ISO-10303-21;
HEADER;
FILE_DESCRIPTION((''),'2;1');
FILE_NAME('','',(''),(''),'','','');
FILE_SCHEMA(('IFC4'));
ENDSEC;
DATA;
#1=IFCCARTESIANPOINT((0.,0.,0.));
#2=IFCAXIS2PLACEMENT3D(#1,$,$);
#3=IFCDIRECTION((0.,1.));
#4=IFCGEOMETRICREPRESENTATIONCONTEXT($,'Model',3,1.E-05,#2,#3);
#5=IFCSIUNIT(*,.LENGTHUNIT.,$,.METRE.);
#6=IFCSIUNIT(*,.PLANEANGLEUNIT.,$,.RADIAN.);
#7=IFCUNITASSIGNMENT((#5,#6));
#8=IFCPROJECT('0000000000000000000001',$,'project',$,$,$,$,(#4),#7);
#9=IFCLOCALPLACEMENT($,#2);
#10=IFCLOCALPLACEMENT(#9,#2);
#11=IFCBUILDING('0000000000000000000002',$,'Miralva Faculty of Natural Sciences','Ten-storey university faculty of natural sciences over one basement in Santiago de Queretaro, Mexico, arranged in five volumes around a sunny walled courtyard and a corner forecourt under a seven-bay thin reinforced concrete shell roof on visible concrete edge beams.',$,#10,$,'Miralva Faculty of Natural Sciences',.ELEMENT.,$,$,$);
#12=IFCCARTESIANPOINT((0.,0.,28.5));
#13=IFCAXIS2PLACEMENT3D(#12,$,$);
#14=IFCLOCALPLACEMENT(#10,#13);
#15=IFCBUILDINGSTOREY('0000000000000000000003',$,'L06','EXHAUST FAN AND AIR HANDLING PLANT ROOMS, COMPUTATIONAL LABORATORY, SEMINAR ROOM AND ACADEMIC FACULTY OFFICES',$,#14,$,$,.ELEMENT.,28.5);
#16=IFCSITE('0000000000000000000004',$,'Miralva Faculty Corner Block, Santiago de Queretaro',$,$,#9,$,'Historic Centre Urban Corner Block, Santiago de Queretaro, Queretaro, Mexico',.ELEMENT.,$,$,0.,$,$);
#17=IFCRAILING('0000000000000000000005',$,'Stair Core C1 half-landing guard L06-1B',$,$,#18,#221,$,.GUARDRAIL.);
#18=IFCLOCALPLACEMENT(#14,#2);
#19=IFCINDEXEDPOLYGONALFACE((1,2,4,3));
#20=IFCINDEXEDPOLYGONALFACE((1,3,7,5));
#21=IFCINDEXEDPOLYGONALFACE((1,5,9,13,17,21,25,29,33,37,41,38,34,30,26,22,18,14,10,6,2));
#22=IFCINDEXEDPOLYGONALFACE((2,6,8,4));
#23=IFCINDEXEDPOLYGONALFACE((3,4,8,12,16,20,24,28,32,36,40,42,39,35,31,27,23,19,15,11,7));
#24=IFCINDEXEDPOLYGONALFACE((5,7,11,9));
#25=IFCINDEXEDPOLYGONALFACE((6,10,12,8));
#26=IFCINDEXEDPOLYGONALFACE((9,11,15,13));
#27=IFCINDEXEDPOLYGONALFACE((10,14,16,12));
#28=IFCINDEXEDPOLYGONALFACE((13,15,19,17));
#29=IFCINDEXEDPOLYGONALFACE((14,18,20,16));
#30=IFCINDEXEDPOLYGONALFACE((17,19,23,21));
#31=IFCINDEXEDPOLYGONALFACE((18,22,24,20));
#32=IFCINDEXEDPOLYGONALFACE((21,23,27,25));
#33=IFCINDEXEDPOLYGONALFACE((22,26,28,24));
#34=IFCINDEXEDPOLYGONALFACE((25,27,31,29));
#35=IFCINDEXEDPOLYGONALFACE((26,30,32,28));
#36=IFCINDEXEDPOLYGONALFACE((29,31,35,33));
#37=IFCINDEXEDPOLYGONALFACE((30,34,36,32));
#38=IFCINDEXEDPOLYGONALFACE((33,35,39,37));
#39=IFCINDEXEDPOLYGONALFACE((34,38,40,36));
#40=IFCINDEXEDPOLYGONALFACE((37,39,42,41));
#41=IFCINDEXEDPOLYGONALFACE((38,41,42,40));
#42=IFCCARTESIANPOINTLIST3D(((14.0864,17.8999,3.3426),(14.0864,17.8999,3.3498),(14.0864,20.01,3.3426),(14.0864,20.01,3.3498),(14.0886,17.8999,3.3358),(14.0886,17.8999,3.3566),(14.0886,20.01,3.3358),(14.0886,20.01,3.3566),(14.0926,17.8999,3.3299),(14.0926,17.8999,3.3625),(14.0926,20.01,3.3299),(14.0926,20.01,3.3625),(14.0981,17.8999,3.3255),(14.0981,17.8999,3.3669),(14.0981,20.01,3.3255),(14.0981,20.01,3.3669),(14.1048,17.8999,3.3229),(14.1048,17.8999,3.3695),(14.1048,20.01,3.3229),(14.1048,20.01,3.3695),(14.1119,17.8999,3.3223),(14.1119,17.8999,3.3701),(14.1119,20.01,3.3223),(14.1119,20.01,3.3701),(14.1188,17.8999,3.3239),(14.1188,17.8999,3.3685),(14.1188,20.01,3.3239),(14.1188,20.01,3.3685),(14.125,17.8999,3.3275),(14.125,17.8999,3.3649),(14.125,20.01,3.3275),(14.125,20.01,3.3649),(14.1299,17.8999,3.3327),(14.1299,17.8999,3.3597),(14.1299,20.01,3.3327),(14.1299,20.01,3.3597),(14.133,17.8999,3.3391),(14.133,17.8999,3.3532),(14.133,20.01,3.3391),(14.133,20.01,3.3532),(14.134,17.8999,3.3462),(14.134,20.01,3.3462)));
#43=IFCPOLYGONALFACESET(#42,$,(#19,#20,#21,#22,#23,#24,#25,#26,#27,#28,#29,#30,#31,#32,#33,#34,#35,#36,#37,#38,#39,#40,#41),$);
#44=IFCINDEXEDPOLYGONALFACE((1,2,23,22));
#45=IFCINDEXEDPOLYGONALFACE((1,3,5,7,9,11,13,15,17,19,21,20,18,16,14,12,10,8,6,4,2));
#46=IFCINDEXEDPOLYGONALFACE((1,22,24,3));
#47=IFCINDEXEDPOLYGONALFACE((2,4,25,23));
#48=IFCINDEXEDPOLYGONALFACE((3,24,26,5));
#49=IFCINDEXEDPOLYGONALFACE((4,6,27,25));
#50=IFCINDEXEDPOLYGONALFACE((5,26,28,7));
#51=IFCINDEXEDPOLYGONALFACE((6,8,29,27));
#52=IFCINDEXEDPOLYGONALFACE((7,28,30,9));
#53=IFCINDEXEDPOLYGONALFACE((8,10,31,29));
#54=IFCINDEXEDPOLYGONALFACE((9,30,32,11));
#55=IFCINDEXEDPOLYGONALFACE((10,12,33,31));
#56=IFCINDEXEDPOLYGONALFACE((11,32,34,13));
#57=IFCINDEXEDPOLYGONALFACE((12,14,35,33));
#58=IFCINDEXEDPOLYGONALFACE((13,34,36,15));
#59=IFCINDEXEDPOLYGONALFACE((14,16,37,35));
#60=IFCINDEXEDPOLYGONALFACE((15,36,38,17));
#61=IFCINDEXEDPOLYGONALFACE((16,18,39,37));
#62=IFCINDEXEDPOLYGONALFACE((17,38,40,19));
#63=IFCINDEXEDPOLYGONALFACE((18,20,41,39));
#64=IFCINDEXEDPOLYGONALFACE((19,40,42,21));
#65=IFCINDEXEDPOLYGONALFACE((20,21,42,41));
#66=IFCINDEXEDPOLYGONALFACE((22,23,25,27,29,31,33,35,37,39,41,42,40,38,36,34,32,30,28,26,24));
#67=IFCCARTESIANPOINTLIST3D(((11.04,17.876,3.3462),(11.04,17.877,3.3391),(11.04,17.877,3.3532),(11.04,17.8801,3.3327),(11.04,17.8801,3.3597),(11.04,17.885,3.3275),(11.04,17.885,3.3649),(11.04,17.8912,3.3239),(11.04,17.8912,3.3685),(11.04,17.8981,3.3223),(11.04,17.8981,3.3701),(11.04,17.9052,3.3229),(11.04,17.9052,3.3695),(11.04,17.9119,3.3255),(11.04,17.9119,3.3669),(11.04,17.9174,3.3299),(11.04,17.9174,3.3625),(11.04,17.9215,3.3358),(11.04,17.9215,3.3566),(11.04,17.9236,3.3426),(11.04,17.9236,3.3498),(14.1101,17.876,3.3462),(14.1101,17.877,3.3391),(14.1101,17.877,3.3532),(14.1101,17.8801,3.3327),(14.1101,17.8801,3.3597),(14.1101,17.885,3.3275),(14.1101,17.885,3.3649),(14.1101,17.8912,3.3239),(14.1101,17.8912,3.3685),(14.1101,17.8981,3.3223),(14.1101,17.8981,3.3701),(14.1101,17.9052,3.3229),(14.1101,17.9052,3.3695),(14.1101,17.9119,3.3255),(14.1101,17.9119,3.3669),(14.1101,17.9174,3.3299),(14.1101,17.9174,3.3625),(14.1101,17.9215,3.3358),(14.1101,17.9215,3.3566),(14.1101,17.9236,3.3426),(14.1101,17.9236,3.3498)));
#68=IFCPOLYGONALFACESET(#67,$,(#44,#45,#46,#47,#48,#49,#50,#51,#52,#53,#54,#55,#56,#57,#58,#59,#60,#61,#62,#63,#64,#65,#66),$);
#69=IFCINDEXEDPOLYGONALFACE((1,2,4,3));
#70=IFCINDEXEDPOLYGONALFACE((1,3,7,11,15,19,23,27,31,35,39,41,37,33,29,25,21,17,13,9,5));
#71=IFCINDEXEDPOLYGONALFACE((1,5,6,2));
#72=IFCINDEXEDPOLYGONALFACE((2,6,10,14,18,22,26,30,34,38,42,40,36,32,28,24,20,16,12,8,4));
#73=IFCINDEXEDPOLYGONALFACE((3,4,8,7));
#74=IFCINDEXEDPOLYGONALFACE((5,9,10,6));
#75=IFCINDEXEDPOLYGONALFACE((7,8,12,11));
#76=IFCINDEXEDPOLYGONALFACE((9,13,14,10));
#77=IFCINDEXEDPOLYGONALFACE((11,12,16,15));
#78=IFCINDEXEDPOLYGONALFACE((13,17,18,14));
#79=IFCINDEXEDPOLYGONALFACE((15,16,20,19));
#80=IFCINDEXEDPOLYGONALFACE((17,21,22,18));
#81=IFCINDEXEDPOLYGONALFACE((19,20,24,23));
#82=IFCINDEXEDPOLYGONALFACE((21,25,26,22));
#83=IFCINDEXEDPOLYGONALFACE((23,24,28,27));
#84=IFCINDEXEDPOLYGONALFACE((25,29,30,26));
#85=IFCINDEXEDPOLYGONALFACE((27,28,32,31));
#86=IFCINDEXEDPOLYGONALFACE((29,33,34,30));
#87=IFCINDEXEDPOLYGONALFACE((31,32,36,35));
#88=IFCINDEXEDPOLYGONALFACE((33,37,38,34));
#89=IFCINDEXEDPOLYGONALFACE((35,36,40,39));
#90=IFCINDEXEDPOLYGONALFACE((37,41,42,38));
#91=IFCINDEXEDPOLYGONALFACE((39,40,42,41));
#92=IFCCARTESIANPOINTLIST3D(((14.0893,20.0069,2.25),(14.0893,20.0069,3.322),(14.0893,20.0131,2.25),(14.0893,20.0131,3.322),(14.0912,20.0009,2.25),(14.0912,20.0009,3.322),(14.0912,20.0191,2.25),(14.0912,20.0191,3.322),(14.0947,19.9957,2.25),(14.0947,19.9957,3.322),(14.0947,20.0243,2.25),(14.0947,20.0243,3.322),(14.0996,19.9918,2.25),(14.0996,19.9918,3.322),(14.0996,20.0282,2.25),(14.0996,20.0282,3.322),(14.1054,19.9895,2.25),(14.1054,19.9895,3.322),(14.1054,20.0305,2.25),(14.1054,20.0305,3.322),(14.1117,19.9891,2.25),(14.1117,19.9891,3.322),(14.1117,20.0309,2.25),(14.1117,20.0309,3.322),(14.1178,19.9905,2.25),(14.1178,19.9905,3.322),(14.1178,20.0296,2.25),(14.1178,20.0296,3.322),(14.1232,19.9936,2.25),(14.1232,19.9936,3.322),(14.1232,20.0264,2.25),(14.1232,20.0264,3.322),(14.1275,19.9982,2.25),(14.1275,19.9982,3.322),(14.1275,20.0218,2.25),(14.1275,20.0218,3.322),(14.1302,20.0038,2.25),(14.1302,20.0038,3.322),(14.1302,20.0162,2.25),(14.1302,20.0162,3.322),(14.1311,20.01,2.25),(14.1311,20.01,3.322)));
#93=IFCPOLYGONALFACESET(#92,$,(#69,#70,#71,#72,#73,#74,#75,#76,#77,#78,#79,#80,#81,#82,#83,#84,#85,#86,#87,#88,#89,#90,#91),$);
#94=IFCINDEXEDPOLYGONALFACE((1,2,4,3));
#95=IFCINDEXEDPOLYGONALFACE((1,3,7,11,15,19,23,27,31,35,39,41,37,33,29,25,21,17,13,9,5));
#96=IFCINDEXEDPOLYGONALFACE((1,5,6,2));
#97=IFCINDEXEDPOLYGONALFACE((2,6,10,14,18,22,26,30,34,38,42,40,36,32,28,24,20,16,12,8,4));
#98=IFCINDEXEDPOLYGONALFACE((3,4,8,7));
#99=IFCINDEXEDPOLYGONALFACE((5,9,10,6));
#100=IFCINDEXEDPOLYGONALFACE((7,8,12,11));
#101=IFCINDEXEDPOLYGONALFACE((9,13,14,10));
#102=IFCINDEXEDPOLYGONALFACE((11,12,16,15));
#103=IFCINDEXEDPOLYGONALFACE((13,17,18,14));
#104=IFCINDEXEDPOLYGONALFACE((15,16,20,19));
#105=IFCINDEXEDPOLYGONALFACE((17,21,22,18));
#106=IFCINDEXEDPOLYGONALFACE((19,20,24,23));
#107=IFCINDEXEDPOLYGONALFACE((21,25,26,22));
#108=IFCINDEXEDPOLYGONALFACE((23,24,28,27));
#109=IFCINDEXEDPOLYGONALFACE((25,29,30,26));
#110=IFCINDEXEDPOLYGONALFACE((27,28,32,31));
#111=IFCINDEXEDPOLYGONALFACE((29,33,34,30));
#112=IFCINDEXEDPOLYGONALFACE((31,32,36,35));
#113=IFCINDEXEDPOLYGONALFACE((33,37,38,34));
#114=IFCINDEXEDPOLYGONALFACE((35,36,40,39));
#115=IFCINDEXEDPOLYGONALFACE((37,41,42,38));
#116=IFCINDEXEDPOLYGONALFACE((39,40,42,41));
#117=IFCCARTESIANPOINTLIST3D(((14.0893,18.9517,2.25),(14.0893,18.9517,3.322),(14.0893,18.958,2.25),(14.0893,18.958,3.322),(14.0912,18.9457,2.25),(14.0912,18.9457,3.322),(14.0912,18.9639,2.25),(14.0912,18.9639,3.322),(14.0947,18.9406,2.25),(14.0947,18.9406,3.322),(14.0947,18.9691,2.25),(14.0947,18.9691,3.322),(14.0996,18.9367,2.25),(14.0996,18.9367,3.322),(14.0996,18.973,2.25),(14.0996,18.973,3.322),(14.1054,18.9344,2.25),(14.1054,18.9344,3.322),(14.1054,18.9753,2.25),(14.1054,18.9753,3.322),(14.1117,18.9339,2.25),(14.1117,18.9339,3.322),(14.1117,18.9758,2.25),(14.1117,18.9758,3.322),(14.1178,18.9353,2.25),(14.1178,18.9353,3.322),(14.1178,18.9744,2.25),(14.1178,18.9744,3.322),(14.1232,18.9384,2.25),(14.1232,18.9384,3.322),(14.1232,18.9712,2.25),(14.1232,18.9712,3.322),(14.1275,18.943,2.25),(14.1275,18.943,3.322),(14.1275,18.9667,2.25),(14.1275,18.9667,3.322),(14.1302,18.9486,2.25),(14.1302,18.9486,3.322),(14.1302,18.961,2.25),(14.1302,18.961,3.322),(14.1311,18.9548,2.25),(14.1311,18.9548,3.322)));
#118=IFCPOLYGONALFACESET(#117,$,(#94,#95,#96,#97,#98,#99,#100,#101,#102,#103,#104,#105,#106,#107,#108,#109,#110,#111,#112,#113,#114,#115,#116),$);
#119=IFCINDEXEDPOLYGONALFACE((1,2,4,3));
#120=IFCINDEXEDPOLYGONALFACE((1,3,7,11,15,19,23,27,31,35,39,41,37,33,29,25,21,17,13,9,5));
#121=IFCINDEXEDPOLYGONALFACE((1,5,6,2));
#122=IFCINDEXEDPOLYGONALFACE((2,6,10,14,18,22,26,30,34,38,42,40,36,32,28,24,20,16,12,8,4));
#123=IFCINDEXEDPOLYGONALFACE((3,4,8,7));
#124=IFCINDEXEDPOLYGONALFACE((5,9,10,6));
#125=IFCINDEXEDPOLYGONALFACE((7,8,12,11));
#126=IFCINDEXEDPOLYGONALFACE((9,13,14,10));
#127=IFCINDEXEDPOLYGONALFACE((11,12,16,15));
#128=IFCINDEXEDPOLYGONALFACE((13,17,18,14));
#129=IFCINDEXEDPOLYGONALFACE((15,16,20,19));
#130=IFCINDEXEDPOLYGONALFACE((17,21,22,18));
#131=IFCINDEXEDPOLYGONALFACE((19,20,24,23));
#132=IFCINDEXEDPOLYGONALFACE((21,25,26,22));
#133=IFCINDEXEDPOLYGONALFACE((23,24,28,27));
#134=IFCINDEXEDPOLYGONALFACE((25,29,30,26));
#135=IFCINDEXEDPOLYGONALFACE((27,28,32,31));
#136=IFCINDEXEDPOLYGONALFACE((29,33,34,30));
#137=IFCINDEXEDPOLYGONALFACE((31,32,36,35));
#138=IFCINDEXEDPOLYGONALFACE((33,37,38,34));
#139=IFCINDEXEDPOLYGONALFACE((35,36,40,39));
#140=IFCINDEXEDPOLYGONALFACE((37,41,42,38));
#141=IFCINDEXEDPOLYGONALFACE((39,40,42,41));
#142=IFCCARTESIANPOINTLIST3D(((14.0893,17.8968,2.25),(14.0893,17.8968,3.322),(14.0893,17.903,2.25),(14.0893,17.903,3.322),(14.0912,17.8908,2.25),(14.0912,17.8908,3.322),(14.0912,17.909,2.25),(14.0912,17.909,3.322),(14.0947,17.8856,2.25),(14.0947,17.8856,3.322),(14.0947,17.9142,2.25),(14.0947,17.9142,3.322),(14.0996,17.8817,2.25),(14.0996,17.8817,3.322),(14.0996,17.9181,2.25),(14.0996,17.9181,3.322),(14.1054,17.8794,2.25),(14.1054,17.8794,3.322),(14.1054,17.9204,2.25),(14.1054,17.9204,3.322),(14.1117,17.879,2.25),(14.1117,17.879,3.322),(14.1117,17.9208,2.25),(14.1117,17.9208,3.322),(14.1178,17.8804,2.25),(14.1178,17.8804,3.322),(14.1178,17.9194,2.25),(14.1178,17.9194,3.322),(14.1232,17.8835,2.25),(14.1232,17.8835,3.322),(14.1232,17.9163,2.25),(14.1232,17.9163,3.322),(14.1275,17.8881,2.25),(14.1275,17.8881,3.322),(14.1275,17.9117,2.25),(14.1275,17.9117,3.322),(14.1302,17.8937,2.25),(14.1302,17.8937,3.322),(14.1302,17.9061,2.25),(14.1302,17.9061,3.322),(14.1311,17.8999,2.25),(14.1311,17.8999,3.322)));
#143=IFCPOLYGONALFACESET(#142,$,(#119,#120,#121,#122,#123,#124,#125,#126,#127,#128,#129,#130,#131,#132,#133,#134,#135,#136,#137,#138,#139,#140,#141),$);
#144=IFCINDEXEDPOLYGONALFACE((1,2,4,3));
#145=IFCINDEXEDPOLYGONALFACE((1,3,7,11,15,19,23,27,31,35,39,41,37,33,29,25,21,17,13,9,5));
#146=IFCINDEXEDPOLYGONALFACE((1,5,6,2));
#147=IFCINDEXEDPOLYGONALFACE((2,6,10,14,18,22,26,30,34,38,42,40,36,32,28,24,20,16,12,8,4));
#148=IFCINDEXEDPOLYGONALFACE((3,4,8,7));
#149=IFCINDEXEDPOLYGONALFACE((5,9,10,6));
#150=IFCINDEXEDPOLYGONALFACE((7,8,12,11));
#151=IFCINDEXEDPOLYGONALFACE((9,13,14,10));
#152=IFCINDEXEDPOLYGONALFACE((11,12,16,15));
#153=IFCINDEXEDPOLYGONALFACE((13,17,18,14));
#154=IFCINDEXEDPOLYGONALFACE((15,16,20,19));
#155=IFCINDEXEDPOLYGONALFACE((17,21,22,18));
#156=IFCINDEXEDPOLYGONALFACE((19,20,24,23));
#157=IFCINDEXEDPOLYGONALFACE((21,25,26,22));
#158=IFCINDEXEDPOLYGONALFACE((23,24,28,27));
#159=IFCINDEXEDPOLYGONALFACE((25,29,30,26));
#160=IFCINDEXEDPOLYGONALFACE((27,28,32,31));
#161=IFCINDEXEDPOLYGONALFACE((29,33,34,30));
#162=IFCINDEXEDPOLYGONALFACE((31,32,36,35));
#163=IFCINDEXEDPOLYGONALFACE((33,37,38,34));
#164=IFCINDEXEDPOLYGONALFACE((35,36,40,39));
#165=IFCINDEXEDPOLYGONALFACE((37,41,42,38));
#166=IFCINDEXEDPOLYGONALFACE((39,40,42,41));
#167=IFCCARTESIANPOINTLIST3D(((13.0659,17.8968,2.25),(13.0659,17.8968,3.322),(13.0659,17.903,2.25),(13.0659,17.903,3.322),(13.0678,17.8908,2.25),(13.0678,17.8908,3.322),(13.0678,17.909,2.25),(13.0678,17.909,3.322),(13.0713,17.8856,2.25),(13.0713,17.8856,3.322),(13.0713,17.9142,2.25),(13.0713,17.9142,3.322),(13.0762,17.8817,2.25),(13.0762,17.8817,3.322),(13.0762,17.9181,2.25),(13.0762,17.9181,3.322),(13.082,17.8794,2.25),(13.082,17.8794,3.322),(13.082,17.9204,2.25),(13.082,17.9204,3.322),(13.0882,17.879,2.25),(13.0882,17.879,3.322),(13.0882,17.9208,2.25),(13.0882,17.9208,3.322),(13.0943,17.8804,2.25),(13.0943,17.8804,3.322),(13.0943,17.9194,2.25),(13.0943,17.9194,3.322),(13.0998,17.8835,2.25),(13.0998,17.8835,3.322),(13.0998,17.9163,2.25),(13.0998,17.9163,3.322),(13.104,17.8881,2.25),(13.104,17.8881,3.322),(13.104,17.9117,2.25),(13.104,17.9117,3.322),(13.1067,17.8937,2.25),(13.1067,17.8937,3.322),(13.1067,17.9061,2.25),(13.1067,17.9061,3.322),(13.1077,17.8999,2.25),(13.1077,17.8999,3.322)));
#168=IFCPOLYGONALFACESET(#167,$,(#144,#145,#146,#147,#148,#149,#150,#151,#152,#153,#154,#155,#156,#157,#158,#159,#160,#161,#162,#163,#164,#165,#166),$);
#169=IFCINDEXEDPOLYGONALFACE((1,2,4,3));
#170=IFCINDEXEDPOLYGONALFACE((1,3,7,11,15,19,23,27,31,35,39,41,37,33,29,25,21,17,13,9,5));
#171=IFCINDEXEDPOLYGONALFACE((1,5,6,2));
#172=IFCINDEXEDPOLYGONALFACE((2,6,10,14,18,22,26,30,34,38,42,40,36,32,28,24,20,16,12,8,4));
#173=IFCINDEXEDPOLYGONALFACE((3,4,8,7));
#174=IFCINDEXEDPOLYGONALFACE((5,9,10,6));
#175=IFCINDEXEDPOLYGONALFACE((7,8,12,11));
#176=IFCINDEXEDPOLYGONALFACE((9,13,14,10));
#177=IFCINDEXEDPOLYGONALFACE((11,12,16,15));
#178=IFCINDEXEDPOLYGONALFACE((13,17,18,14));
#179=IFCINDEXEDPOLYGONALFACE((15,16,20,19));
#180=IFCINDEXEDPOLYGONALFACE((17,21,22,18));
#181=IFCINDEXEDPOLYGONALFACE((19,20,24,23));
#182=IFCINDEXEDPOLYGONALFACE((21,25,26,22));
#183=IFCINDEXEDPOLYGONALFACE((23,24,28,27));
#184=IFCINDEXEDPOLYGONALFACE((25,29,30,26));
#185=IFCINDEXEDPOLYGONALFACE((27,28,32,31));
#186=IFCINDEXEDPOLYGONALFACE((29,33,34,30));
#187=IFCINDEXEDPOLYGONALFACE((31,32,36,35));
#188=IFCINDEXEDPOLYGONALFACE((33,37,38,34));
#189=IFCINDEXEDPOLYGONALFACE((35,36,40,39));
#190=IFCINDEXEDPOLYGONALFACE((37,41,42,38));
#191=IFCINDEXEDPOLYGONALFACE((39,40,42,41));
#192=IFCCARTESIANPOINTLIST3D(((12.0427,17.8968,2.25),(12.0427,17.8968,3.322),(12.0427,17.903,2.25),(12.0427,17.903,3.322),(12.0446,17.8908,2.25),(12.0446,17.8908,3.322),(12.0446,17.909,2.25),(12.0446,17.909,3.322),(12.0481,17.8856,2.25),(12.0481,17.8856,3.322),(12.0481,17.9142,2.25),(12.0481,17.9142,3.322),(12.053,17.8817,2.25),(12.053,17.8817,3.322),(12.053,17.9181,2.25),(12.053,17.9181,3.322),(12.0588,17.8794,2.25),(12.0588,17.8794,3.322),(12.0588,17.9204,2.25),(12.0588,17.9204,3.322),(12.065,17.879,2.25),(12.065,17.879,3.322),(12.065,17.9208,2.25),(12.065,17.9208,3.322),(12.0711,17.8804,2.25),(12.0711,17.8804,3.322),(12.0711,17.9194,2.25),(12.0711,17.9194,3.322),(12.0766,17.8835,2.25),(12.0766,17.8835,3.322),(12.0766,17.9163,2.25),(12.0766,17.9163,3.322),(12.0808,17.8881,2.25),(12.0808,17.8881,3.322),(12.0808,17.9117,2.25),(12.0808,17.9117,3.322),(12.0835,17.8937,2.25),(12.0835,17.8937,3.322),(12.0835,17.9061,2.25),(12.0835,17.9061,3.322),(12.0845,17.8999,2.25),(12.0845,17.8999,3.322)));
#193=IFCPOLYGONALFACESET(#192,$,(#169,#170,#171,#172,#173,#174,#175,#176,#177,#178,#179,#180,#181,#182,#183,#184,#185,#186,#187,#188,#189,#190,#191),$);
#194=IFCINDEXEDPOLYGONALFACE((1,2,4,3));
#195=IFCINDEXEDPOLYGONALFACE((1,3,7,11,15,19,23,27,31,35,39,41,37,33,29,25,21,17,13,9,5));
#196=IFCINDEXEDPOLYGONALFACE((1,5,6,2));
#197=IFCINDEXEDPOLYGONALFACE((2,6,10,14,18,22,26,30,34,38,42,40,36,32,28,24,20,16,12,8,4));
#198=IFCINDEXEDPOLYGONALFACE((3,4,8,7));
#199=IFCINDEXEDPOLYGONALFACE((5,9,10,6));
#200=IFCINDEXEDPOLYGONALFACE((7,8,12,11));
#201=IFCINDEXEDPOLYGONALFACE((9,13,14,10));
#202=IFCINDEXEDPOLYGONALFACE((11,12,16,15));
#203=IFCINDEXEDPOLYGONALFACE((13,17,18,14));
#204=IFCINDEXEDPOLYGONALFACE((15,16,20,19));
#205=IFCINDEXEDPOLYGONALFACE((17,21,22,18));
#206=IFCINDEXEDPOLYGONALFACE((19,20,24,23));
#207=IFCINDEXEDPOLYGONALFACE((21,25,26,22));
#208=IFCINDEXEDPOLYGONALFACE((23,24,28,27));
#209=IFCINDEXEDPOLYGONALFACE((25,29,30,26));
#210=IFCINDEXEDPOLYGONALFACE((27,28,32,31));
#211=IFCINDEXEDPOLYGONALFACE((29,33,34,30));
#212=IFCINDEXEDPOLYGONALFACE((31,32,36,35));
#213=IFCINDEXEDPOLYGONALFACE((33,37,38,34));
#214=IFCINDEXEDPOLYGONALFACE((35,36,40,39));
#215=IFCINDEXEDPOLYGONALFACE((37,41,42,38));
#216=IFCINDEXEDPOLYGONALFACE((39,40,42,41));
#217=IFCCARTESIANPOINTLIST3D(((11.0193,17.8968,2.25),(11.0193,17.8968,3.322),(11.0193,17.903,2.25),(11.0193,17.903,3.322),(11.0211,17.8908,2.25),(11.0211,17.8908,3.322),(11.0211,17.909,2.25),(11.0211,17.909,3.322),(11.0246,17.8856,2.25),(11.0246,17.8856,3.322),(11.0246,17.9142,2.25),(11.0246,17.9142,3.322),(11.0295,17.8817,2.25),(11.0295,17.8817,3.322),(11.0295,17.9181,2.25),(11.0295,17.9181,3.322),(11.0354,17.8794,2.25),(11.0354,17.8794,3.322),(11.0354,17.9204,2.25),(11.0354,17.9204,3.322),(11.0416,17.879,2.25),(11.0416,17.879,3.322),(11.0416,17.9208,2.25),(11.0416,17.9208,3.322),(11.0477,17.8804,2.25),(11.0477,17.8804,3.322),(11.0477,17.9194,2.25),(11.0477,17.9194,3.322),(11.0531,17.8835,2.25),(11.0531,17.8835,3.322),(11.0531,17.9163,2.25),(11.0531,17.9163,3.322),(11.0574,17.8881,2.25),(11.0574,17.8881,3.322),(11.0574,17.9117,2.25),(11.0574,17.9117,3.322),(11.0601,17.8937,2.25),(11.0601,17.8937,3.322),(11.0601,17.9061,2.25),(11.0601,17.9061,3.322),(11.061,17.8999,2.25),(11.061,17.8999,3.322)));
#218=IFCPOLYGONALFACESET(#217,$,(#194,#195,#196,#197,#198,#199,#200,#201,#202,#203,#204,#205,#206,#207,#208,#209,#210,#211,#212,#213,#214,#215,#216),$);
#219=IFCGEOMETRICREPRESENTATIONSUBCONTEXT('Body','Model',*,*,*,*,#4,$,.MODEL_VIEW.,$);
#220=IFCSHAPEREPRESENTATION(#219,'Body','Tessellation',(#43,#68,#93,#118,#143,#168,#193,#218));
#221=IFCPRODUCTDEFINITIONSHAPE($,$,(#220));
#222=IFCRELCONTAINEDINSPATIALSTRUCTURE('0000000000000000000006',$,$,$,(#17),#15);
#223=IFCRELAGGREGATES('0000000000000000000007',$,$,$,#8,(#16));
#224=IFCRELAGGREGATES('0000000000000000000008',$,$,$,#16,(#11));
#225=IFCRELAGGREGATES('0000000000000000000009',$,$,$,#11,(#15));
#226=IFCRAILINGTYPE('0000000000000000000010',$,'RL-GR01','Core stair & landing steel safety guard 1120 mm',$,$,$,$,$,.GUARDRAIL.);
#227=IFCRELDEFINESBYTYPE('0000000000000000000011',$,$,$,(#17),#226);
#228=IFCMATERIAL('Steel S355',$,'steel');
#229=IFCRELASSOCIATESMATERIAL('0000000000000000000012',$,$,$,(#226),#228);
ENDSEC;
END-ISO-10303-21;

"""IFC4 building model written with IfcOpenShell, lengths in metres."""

from ifc_helpers import new_model, si_unit, direction, frame, origin, origin_2d, place, context, subcontext, project, spatial, circle, extrude, material, type_object, element, save


model = new_model("IFC4")

# Units and contexts
model_context = context("Model", 3, precision=1e-05, world=origin(), true_north=direction((0.0, 1.0)))
body_context = subcontext(model_context, "Body", "Model", "MODEL_VIEW")
ifc_project = project(units=[si_unit("LENGTHUNIT", "METRE"), si_unit("PLANEANGLEUNIT", "RADIAN")], contexts=[model_context])

# Site, building, storey
site_placement = place(None, origin())
site = spatial("IfcSite", under=ifc_project, at=site_placement, Name="Miralva Faculty Corner Block, Santiago de Queretaro", LongName="Historic Centre Urban Corner Block, Santiago de Queretaro, Queretaro, Mexico", CompositionType="ELEMENT", RefElevation=0.0)
building_placement = place(site_placement, origin())
building = spatial("IfcBuilding", under=site, at=building_placement, Name="Miralva Faculty of Natural Sciences", Description="Ten-storey university faculty of natural sciences over one basement in Santiago de Queretaro, Mexico, arranged in five volumes around a sunny walled courtyard and a corner forecourt under a seven-bay thin reinforced concrete shell roof on visible concrete edge beams.", LongName="Miralva Faculty of Natural Sciences", CompositionType="ELEMENT")
storey_placement = place(building_placement, frame((0.0, 0.0, 28.5)))
storey = spatial("IfcBuildingStorey", under=building, at=storey_placement, Name="L06", Description="EXHAUST FAN AND AIR HANDLING PLANT ROOMS, COMPUTATIONAL LABORATORY, SEMINAR ROOM AND ACADEMIC FACULTY OFFICES", CompositionType="ELEMENT", Elevation=28.5)

# Railing
ifc_material_1 = material(Name="Steel S355", Category="steel")
railing_type_1 = type_object("IfcRailingType", Name="RL-GR01", Description="Core stair & landing steel safety guard 1120 mm", PredefinedType="GUARDRAIL", material=ifc_material_1)
railing_1_placement = place(storey_placement, frame((14.1101, 20.01, 2.25)))
element("IfcRailing", 1, at=railing_1_placement, inside=storey, type_object=railing_type_1, Name="Stair Core C1 half-landing guard L06-1B", PredefinedType="GUARDRAIL", context=body_context, shape_type="SweptSolid", body=[
    extrude(circle(Radius=0.0239, at=origin_2d()), frame((0.0, 0.0, 1.0962), z_axis=(0.0, -1.0, 0.0), x_axis=(1.0, 0.0, 0.0)), (0.0, 0.0, 1.0), 2.1101),
    extrude(circle(Radius=0.0239, at=origin_2d()), frame((0.0, -2.1101, 1.0962), z_axis=(-1.0, 0.0, 0.0), x_axis=(0.0, -1.0, 0.0)), (0.0, 0.0, 1.0), 3.0701),
    extrude(circle(Radius=0.021, at=origin_2d()), origin(), (0.0, 0.0, 1.0), 1.072),
    extrude(circle(Radius=0.021, at=origin_2d()), frame((0.0, -1.0552, 0.0)), (0.0, 0.0, 1.0), 1.072),
    extrude(circle(Radius=0.021, at=origin_2d()), frame((0.0, -2.1101, 0.0)), (0.0, 0.0, 1.0), 1.072),
    extrude(circle(Radius=0.021, at=origin_2d()), frame((-1.0234, -2.1101, 0.0)), (0.0, 0.0, 1.0), 1.072),
    extrude(circle(Radius=0.021, at=origin_2d()), frame((-2.0466, -2.1101, 0.0)), (0.0, 0.0, 1.0), 1.072),
    extrude(circle(Radius=0.021, at=origin_2d()), frame((-3.0701, -2.1101, 0.0)), (0.0, 0.0, 1.0), 1.072),
])

save(model, "model.ifc")
